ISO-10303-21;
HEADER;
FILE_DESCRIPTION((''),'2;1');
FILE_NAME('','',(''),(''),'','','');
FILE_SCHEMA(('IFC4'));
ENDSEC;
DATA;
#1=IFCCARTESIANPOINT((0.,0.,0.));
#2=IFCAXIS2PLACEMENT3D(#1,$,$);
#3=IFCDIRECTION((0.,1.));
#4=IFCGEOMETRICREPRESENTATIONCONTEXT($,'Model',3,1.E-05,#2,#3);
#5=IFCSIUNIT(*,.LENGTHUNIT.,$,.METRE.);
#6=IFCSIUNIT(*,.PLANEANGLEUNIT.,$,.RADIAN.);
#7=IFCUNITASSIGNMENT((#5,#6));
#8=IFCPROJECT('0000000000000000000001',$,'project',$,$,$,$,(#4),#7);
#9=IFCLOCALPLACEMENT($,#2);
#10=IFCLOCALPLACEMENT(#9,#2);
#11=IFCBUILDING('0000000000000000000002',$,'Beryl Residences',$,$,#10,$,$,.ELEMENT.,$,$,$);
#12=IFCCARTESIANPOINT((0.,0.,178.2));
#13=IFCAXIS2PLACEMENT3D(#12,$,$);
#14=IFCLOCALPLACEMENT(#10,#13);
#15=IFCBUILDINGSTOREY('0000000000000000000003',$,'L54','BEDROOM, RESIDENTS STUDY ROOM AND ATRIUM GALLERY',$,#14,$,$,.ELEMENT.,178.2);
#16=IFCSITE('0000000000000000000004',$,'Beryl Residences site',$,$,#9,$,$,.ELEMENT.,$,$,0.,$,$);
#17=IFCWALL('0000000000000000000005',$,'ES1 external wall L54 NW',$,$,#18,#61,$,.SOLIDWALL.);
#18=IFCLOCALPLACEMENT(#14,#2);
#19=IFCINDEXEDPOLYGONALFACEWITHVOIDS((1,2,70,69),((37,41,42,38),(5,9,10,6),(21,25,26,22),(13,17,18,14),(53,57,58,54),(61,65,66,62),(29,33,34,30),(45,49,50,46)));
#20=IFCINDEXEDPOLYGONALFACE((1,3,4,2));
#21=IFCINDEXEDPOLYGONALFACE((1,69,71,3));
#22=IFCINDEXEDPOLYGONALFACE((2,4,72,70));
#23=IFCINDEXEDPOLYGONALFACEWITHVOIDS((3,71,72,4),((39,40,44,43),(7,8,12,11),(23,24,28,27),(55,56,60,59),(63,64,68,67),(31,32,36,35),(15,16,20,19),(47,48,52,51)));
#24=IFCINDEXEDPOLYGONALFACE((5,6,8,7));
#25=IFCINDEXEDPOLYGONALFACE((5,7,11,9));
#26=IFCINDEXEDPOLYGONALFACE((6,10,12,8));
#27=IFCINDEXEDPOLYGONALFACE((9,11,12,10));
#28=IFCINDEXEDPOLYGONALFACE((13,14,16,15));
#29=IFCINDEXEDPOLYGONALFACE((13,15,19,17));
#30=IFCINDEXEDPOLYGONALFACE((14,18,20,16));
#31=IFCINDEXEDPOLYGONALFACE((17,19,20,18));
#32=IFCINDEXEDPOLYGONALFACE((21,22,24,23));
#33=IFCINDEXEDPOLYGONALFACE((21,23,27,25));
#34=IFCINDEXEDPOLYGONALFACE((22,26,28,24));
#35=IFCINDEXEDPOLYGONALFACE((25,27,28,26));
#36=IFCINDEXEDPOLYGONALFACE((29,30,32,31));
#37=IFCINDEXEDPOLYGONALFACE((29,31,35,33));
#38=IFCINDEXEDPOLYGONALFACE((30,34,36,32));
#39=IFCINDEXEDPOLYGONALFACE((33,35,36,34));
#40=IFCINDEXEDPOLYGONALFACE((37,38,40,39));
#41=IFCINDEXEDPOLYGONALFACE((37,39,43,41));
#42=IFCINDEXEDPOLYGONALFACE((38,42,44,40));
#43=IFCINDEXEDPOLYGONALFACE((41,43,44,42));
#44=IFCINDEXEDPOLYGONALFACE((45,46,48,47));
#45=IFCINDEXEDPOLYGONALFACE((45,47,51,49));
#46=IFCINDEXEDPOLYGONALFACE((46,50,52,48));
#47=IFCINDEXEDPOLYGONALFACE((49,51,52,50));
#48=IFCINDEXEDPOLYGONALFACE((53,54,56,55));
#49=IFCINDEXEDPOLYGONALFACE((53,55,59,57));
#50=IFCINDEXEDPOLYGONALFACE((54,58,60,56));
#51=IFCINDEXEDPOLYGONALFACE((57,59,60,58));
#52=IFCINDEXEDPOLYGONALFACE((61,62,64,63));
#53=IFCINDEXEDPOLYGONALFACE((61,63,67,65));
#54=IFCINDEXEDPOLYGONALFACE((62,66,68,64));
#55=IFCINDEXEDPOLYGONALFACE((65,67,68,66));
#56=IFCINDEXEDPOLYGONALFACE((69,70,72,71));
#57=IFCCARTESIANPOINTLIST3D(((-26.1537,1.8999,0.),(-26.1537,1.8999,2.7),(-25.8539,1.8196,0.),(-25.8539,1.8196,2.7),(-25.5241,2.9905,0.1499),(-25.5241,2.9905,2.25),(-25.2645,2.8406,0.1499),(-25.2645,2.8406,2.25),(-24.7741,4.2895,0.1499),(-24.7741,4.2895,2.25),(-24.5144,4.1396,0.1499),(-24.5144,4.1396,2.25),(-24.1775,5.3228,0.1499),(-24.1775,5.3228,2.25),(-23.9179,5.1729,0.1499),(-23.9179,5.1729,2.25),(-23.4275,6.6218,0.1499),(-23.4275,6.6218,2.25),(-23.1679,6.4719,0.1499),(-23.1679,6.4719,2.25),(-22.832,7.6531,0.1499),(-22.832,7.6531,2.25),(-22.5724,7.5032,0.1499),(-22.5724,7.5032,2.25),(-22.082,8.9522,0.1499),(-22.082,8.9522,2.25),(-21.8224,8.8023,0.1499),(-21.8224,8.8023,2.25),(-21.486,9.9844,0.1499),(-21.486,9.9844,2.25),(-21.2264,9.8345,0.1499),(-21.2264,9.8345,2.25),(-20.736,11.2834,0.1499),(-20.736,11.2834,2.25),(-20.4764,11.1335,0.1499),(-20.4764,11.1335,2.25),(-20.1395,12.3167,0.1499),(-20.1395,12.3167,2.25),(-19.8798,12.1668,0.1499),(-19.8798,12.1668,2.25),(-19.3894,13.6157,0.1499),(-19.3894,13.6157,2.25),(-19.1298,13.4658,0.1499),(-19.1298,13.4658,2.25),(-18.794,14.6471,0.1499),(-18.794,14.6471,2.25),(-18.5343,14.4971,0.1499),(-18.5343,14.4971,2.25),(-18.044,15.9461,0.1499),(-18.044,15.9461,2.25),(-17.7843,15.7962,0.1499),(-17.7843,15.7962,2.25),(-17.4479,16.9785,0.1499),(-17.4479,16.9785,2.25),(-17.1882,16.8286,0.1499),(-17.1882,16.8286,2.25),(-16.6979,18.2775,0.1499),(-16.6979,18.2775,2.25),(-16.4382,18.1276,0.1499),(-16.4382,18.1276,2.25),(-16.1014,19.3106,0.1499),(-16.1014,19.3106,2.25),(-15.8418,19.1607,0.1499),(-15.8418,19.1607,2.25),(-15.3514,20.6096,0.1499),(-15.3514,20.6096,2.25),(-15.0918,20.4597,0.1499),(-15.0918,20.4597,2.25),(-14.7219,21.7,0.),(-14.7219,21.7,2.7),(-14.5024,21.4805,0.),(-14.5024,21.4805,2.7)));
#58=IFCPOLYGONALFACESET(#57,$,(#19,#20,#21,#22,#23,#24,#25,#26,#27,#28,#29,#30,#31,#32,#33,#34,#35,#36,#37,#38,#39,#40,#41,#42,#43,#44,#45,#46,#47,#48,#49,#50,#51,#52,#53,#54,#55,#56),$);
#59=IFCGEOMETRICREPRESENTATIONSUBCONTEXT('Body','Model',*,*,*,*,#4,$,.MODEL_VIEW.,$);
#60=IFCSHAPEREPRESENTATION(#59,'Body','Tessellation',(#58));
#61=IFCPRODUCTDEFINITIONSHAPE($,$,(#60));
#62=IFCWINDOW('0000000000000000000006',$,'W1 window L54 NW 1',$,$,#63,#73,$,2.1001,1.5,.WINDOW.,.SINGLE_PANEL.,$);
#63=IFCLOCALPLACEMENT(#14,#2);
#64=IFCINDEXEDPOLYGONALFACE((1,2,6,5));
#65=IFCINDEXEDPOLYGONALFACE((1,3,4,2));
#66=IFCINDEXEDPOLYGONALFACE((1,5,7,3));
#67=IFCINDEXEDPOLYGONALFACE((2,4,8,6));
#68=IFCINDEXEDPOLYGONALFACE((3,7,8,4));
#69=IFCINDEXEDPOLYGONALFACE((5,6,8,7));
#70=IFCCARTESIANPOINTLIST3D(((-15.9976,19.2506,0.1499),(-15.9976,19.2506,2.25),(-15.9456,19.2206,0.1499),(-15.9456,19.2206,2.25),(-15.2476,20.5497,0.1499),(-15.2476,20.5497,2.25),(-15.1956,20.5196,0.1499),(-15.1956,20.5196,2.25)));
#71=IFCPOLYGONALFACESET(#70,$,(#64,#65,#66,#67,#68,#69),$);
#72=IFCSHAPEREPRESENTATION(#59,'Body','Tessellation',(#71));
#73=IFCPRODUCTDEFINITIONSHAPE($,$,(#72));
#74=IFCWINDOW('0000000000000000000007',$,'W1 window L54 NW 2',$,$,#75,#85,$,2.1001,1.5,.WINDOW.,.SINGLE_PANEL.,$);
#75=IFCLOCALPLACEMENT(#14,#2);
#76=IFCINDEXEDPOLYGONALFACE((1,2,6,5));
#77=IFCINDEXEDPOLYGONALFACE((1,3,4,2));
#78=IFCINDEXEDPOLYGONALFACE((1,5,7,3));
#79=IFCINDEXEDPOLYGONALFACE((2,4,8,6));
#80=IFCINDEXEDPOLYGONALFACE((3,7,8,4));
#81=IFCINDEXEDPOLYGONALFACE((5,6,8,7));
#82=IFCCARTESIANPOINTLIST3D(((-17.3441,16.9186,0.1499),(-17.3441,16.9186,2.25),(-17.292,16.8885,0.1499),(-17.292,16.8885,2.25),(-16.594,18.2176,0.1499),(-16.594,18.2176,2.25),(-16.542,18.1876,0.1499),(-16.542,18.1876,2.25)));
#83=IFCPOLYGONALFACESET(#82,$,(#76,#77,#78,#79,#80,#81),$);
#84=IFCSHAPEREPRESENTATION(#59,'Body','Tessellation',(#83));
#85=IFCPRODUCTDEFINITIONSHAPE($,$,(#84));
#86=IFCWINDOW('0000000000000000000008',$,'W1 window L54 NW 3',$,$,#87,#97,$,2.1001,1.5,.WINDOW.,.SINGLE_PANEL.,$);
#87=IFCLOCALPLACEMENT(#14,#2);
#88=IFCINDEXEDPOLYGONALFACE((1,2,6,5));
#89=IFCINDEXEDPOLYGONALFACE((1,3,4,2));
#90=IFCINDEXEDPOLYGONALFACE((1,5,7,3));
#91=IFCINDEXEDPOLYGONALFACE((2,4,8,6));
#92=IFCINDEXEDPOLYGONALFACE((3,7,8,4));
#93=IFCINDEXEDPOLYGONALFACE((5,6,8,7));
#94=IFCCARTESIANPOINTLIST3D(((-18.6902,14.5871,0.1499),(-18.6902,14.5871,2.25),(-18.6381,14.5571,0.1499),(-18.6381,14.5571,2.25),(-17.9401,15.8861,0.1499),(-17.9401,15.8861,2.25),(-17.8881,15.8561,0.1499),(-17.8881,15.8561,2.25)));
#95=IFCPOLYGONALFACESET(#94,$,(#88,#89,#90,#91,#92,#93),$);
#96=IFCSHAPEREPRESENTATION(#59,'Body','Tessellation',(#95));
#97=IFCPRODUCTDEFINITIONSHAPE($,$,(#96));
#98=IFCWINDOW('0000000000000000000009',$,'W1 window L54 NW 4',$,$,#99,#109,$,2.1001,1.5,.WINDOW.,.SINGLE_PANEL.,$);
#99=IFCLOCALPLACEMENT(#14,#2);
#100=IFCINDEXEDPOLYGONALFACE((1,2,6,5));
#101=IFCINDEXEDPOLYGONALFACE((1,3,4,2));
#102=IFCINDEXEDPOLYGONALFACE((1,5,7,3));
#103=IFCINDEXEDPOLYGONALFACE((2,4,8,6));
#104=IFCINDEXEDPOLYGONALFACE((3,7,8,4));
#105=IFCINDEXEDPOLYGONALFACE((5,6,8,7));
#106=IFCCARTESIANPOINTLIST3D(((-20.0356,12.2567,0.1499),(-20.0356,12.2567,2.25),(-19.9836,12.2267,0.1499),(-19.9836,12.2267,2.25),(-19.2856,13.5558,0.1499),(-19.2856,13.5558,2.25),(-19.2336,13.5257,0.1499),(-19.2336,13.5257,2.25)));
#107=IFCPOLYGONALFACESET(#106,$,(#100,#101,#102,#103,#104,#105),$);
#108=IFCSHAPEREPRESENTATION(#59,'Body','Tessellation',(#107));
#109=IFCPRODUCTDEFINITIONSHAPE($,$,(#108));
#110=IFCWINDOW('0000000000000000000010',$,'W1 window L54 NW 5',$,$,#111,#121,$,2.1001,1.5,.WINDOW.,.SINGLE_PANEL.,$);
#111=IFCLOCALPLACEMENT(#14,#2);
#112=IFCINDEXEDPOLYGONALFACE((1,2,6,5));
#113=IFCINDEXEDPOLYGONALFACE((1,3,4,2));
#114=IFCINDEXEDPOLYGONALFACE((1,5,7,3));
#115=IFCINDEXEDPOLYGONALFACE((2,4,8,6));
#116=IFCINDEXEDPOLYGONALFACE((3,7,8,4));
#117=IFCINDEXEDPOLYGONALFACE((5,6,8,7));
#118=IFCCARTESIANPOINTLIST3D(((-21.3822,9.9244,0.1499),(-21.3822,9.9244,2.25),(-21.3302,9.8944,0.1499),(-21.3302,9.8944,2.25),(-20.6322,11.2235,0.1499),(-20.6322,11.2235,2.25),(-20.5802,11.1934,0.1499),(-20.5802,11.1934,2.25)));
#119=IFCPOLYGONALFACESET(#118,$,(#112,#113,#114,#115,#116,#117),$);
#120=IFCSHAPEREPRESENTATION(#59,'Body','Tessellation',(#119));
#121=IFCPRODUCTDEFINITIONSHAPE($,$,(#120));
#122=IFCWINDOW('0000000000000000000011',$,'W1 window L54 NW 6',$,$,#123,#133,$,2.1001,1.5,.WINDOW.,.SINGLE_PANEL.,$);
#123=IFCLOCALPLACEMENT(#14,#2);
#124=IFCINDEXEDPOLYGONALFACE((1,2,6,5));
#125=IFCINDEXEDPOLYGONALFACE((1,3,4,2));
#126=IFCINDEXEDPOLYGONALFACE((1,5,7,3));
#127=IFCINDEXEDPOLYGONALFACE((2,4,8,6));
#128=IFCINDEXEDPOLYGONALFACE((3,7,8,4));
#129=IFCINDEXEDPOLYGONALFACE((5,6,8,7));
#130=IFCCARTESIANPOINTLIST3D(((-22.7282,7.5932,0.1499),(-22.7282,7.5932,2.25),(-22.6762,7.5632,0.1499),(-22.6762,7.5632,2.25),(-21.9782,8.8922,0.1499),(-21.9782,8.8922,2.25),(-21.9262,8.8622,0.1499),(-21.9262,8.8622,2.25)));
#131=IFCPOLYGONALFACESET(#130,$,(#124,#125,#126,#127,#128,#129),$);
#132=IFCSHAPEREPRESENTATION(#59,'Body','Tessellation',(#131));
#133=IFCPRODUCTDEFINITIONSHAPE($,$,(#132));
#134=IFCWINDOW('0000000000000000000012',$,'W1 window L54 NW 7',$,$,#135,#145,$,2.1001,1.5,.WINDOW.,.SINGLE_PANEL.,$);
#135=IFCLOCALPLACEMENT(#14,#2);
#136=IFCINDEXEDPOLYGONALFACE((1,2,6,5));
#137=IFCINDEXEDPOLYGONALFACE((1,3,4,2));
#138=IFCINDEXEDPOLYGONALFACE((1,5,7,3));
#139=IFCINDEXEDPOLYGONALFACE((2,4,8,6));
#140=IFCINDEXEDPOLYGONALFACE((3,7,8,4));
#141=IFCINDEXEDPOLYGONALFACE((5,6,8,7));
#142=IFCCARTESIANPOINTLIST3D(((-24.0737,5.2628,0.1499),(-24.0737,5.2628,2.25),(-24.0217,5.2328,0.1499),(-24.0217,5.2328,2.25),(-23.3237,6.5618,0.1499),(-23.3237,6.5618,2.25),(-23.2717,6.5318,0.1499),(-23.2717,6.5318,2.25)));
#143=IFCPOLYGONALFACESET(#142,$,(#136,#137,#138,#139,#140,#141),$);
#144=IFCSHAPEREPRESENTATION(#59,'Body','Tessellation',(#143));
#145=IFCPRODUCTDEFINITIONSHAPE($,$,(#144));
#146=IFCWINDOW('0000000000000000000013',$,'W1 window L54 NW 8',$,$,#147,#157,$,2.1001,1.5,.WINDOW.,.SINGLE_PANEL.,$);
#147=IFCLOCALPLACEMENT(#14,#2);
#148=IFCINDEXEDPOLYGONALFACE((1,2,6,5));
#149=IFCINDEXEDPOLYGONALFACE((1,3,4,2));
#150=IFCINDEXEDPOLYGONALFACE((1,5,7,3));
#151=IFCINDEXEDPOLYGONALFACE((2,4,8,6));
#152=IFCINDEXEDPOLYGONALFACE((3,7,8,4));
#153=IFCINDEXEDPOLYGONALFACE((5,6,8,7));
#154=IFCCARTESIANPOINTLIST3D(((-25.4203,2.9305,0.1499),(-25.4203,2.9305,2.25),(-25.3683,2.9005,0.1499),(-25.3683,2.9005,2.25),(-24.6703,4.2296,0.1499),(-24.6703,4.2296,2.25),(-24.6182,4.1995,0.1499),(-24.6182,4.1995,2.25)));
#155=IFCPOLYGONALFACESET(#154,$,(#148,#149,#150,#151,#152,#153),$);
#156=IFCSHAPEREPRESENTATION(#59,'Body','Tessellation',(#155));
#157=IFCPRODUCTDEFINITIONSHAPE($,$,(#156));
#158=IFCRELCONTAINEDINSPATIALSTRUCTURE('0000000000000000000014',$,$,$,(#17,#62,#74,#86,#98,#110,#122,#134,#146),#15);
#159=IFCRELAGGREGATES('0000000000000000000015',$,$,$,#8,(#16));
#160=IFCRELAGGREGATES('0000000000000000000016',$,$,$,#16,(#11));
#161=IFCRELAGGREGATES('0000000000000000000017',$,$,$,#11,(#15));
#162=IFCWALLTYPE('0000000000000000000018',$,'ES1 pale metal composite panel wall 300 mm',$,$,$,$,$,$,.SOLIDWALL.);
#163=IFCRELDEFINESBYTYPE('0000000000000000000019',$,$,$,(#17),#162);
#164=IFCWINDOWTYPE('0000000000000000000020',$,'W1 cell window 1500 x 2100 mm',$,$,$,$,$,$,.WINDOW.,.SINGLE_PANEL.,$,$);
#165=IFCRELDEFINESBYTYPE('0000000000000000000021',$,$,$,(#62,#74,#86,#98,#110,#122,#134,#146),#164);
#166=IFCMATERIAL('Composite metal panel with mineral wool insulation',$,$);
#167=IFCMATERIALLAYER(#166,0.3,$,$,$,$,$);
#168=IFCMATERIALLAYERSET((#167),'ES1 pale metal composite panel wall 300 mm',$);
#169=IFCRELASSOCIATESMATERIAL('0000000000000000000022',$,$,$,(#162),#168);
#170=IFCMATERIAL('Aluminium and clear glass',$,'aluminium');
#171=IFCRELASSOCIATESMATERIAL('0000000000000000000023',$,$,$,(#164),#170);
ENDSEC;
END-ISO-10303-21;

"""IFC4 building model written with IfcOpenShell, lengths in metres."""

from ifc_helpers import new_model, si_unit, direction, frame, frame_2d, origin, place, context, subcontext, project, spatial, polyline, rectangle, outline, extrude, material, layer, layer_set, type_object, element, fill, save


model = new_model("IFC4")

# Units and contexts
model_context = context("Model", 3, precision=1e-05, world=origin(), true_north=direction((0.0, 1.0)))
body_context = subcontext(model_context, "Body", "Model", "MODEL_VIEW")
ifc_project = project(units=[si_unit("LENGTHUNIT", "METRE"), si_unit("PLANEANGLEUNIT", "RADIAN")], contexts=[model_context])

# Site, building, storey
site_placement = place(None, origin())
site = spatial("IfcSite", under=ifc_project, at=site_placement, Name="Beryl Residences site", CompositionType="ELEMENT", RefElevation=0.0)
building_placement = place(site_placement, origin())
building = spatial("IfcBuilding", under=site, at=building_placement, Name="Beryl Residences", CompositionType="ELEMENT")
storey_placement = place(building_placement, frame((0.0, 0.0, 178.2)))
storey = spatial("IfcBuildingStorey", under=building, at=storey_placement, Name="L54", Description="BEDROOM, RESIDENTS STUDY ROOM AND ATRIUM GALLERY", CompositionType="ELEMENT", Elevation=178.2)

# Wall, openings, windows
ifc_material_1 = material(Name="Composite metal panel with mineral wool insulation")
ifc_layer_1 = layer(ifc_material_1, 0.3)
ifc_layer_set_1 = layer_set([ifc_layer_1], Name="ES1 pale metal composite panel wall 300 mm")
wall_type_1 = type_object("IfcWallType", Name="ES1 pale metal composite panel wall 300 mm", PredefinedType="SOLIDWALL", material=ifc_layer_set_1)
wall_1_placement = place(storey_placement, frame((-14.592, 21.625, 0.0), z_axis=(0.0, 0.0, 1.0), x_axis=(-0.500011, -0.866019, 0.0)))
wall_1 = element("IfcWall", 1, at=wall_1_placement, inside=storey, type_object=wall_type_1, Name="ES1 external wall L54 NW", PredefinedType="SOLIDWALL", context=body_context, shape_type="SweptSolid", body=[
    extrude(outline(polyline([(0.0, -0.1499), (22.8633, -0.1499), (22.783, 0.1499), (0.0803, 0.1499), (0.0, -0.1499)])), origin(), (0.0, 0.0, 1.0), 2.7),
])
opening_1_placement = place(wall_1_placement, frame((1.259, 0.0, 0.1499)))
opening_1 = element("IfcOpeningElement", 2, at=opening_1_placement, cuts=wall_1, PredefinedType="OPENING", context=body_context, shape_type="SweptSolid", body=[
    extrude(rectangle(XDim=1.5, YDim=2.1001, at=frame_2d((0.75, 1.05))), frame((0.0, 0.1599, 0.0), z_axis=(0.0, -1.0, 0.0), x_axis=(1.0, 0.0, 0.0)), (0.0, 0.0, 1.0), 0.3201),
])
opening_2_placement = place(wall_1_placement, frame((3.9519, 0.0, 0.1499)))
opening_2 = element("IfcOpeningElement", 3, at=opening_2_placement, cuts=wall_1, PredefinedType="OPENING", context=body_context, shape_type="SweptSolid", body=[
    extrude(rectangle(XDim=1.5, YDim=2.1001, at=frame_2d((0.75, 1.05))), frame((0.0, 0.1599, 0.0), z_axis=(0.0, -1.0, 0.0), x_axis=(1.0, 0.0, 0.0)), (0.0, 0.0, 1.0), 0.3201),
])
opening_3_placement = place(wall_1_placement, frame((6.644, 0.0, 0.1499)))
opening_3 = element("IfcOpeningElement", 4, at=opening_3_placement, cuts=wall_1, PredefinedType="OPENING", context=body_context, shape_type="SweptSolid", body=[
    extrude(rectangle(XDim=1.5, YDim=2.1001, at=frame_2d((0.75, 1.05))), frame((0.0, 0.1599, 0.0), z_axis=(0.0, -1.0, 0.0), x_axis=(1.0, 0.0, 0.0)), (0.0, 0.0, 1.0), 0.3201),
])
opening_4_placement = place(wall_1_placement, frame((9.335, 0.0, 0.1499)))
opening_4 = element("IfcOpeningElement", 5, at=opening_4_placement, cuts=wall_1, PredefinedType="OPENING", context=body_context, shape_type="SweptSolid", body=[
    extrude(rectangle(XDim=1.5, YDim=2.1001, at=frame_2d((0.75, 1.05))), frame((0.0, 0.1599, 0.0), z_axis=(0.0, -1.0, 0.0), x_axis=(1.0, 0.0, 0.0)), (0.0, 0.0, 1.0), 0.3201),
])
opening_5_placement = place(wall_1_placement, frame((12.0281, 0.0, 0.1499)))
opening_5 = element("IfcOpeningElement", 6, at=opening_5_placement, cuts=wall_1, PredefinedType="OPENING", context=body_context, shape_type="SweptSolid", body=[
    extrude(rectangle(XDim=1.5, YDim=2.1001, at=frame_2d((0.75, 1.05))), frame((0.0, 0.1599, 0.0), z_axis=(0.0, -1.0, 0.0), x_axis=(1.0, 0.0, 0.0)), (0.0, 0.0, 1.0), 0.3201),
])
opening_6_placement = place(wall_1_placement, frame((14.72, 0.0, 0.1499)))
opening_6 = element("IfcOpeningElement", 7, at=opening_6_placement, cuts=wall_1, PredefinedType="OPENING", context=body_context, shape_type="SweptSolid", body=[
    extrude(rectangle(XDim=1.5, YDim=2.1001, at=frame_2d((0.75, 1.05))), frame((0.0, 0.1599, 0.0), z_axis=(0.0, -1.0, 0.0), x_axis=(1.0, 0.0, 0.0)), (0.0, 0.0, 1.0), 0.3201),
])
opening_7_placement = place(wall_1_placement, frame((17.4109, 0.0, 0.1499)))
opening_7 = element("IfcOpeningElement", 8, at=opening_7_placement, cuts=wall_1, PredefinedType="OPENING", context=body_context, shape_type="SweptSolid", body=[
    extrude(rectangle(XDim=1.5, YDim=2.1001, at=frame_2d((0.75, 1.05))), frame((0.0, 0.1599, 0.0), z_axis=(0.0, -1.0, 0.0), x_axis=(1.0, 0.0, 0.0)), (0.0, 0.0, 1.0), 0.3201),
])
opening_8_placement = place(wall_1_placement, frame((20.104, 0.0, 0.1499)))
opening_8 = element("IfcOpeningElement", 9, at=opening_8_placement, cuts=wall_1, PredefinedType="OPENING", context=body_context, shape_type="SweptSolid", body=[
    extrude(rectangle(XDim=1.5, YDim=2.1001, at=frame_2d((0.75, 1.05))), frame((0.0, 0.1599, 0.0), z_axis=(0.0, -1.0, 0.0), x_axis=(1.0, 0.0, 0.0)), (0.0, 0.0, 1.0), 0.3201),
])
ifc_material_2 = material(Name="Aluminium and clear glass", Category="aluminium")
window_type = type_object("IfcWindowType", Name="W1 cell window 1500 x 2100 mm", PartitioningType="SINGLE_PANEL", PredefinedType="WINDOW", material=ifc_material_2)
window_1_placement = place(opening_1_placement, origin())
window_1 = element("IfcWindow", 10, at=window_1_placement, inside=storey, type_object=window_type, Name="W1 window L54 NW 1", OverallHeight=2.1001, OverallWidth=1.5, PartitioningType="SINGLE_PANEL", PredefinedType="WINDOW", context=body_context, shape_type="SweptSolid", body=[
    extrude(rectangle(XDim=1.5, YDim=2.1001, at=frame_2d((0.75, 1.05))), frame((0.0, 0.03, 0.0), z_axis=(0.0, -1.0, 0.0), x_axis=(1.0, 0.0, 0.0)), (0.0, 0.0, 1.0), 0.0601),
])
fill(opening_1, window_1)
window_2_placement = place(opening_2_placement, origin())
window_2 = element("IfcWindow", 11, at=window_2_placement, inside=storey, type_object=window_type, Name="W1 window L54 NW 2", OverallHeight=2.1001, OverallWidth=1.5, PartitioningType="SINGLE_PANEL", PredefinedType="WINDOW", context=body_context, shape_type="SweptSolid", body=[
    extrude(rectangle(XDim=1.5, YDim=2.1001, at=frame_2d((0.75, 1.05))), frame((0.0, 0.03, 0.0), z_axis=(0.0, -1.0, 0.0), x_axis=(1.0, 0.0, 0.0)), (0.0, 0.0, 1.0), 0.0601),
])
fill(opening_2, window_2)
window_3_placement = place(opening_3_placement, origin())
window_3 = element("IfcWindow", 12, at=window_3_placement, inside=storey, type_object=window_type, Name="W1 window L54 NW 3", OverallHeight=2.1001, OverallWidth=1.5, PartitioningType="SINGLE_PANEL", PredefinedType="WINDOW", context=body_context, shape_type="SweptSolid", body=[
    extrude(rectangle(XDim=1.5, YDim=2.1001, at=frame_2d((0.75, 1.05))), frame((0.0, 0.03, 0.0), z_axis=(0.0, -1.0, 0.0), x_axis=(1.0, 0.0, 0.0)), (0.0, 0.0, 1.0), 0.0601),
])
fill(opening_3, window_3)
window_4_placement = place(opening_4_placement, origin())
window_4 = element("IfcWindow", 13, at=window_4_placement, inside=storey, type_object=window_type, Name="W1 window L54 NW 4", OverallHeight=2.1001, OverallWidth=1.5, PartitioningType="SINGLE_PANEL", PredefinedType="WINDOW", context=body_context, shape_type="SweptSolid", body=[
    extrude(rectangle(XDim=1.5, YDim=2.1001, at=frame_2d((0.75, 1.05))), frame((0.0, 0.03, 0.0), z_axis=(0.0, -1.0, 0.0), x_axis=(1.0, 0.0, 0.0)), (0.0, 0.0, 1.0), 0.0601),
])
fill(opening_4, window_4)
window_5_placement = place(opening_5_placement, origin())
window_5 = element("IfcWindow", 14, at=window_5_placement, inside=storey, type_object=window_type, Name="W1 window L54 NW 5", OverallHeight=2.1001, OverallWidth=1.5, PartitioningType="SINGLE_PANEL", PredefinedType="WINDOW", context=body_context, shape_type="SweptSolid", body=[
    extrude(rectangle(XDim=1.5, YDim=2.1001, at=frame_2d((0.75, 1.05))), frame((0.0, 0.03, 0.0), z_axis=(0.0, -1.0, 0.0), x_axis=(1.0, 0.0, 0.0)), (0.0, 0.0, 1.0), 0.0601),
])
fill(opening_5, window_5)
window_6_placement = place(opening_6_placement, origin())
window_6 = element("IfcWindow", 15, at=window_6_placement, inside=storey, type_object=window_type, Name="W1 window L54 NW 6", OverallHeight=2.1001, OverallWidth=1.5, PartitioningType="SINGLE_PANEL", PredefinedType="WINDOW", context=body_context, shape_type="SweptSolid", body=[
    extrude(rectangle(XDim=1.5, YDim=2.1001, at=frame_2d((0.75, 1.05))), frame((0.0, 0.03, 0.0), z_axis=(0.0, -1.0, 0.0), x_axis=(1.0, 0.0, 0.0)), (0.0, 0.0, 1.0), 0.0601),
])
fill(opening_6, window_6)
window_7_placement = place(opening_7_placement, origin())
window_7 = element("IfcWindow", 16, at=window_7_placement, inside=storey, type_object=window_type, Name="W1 window L54 NW 7", OverallHeight=2.1001, OverallWidth=1.5, PartitioningType="SINGLE_PANEL", PredefinedType="WINDOW", context=body_context, shape_type="SweptSolid", body=[
    extrude(rectangle(XDim=1.5, YDim=2.1001, at=frame_2d((0.75, 1.05))), frame((0.0, 0.03, 0.0), z_axis=(0.0, -1.0, 0.0), x_axis=(1.0, 0.0, 0.0)), (0.0, 0.0, 1.0), 0.0601),
])
fill(opening_7, window_7)
window_8_placement = place(opening_8_placement, origin())
window_8 = element("IfcWindow", 17, at=window_8_placement, inside=storey, type_object=window_type, Name="W1 window L54 NW 8", OverallHeight=2.1001, OverallWidth=1.5, PartitioningType="SINGLE_PANEL", PredefinedType="WINDOW", context=body_context, shape_type="SweptSolid", body=[
    extrude(rectangle(XDim=1.5, YDim=2.1001, at=frame_2d((0.75, 1.05))), frame((0.0, 0.03, 0.0), z_axis=(0.0, -1.0, 0.0), x_axis=(1.0, 0.0, 0.0)), (0.0, 0.0, 1.0), 0.0601),
])
fill(opening_8, window_8)

save(model, "model.ifc")
